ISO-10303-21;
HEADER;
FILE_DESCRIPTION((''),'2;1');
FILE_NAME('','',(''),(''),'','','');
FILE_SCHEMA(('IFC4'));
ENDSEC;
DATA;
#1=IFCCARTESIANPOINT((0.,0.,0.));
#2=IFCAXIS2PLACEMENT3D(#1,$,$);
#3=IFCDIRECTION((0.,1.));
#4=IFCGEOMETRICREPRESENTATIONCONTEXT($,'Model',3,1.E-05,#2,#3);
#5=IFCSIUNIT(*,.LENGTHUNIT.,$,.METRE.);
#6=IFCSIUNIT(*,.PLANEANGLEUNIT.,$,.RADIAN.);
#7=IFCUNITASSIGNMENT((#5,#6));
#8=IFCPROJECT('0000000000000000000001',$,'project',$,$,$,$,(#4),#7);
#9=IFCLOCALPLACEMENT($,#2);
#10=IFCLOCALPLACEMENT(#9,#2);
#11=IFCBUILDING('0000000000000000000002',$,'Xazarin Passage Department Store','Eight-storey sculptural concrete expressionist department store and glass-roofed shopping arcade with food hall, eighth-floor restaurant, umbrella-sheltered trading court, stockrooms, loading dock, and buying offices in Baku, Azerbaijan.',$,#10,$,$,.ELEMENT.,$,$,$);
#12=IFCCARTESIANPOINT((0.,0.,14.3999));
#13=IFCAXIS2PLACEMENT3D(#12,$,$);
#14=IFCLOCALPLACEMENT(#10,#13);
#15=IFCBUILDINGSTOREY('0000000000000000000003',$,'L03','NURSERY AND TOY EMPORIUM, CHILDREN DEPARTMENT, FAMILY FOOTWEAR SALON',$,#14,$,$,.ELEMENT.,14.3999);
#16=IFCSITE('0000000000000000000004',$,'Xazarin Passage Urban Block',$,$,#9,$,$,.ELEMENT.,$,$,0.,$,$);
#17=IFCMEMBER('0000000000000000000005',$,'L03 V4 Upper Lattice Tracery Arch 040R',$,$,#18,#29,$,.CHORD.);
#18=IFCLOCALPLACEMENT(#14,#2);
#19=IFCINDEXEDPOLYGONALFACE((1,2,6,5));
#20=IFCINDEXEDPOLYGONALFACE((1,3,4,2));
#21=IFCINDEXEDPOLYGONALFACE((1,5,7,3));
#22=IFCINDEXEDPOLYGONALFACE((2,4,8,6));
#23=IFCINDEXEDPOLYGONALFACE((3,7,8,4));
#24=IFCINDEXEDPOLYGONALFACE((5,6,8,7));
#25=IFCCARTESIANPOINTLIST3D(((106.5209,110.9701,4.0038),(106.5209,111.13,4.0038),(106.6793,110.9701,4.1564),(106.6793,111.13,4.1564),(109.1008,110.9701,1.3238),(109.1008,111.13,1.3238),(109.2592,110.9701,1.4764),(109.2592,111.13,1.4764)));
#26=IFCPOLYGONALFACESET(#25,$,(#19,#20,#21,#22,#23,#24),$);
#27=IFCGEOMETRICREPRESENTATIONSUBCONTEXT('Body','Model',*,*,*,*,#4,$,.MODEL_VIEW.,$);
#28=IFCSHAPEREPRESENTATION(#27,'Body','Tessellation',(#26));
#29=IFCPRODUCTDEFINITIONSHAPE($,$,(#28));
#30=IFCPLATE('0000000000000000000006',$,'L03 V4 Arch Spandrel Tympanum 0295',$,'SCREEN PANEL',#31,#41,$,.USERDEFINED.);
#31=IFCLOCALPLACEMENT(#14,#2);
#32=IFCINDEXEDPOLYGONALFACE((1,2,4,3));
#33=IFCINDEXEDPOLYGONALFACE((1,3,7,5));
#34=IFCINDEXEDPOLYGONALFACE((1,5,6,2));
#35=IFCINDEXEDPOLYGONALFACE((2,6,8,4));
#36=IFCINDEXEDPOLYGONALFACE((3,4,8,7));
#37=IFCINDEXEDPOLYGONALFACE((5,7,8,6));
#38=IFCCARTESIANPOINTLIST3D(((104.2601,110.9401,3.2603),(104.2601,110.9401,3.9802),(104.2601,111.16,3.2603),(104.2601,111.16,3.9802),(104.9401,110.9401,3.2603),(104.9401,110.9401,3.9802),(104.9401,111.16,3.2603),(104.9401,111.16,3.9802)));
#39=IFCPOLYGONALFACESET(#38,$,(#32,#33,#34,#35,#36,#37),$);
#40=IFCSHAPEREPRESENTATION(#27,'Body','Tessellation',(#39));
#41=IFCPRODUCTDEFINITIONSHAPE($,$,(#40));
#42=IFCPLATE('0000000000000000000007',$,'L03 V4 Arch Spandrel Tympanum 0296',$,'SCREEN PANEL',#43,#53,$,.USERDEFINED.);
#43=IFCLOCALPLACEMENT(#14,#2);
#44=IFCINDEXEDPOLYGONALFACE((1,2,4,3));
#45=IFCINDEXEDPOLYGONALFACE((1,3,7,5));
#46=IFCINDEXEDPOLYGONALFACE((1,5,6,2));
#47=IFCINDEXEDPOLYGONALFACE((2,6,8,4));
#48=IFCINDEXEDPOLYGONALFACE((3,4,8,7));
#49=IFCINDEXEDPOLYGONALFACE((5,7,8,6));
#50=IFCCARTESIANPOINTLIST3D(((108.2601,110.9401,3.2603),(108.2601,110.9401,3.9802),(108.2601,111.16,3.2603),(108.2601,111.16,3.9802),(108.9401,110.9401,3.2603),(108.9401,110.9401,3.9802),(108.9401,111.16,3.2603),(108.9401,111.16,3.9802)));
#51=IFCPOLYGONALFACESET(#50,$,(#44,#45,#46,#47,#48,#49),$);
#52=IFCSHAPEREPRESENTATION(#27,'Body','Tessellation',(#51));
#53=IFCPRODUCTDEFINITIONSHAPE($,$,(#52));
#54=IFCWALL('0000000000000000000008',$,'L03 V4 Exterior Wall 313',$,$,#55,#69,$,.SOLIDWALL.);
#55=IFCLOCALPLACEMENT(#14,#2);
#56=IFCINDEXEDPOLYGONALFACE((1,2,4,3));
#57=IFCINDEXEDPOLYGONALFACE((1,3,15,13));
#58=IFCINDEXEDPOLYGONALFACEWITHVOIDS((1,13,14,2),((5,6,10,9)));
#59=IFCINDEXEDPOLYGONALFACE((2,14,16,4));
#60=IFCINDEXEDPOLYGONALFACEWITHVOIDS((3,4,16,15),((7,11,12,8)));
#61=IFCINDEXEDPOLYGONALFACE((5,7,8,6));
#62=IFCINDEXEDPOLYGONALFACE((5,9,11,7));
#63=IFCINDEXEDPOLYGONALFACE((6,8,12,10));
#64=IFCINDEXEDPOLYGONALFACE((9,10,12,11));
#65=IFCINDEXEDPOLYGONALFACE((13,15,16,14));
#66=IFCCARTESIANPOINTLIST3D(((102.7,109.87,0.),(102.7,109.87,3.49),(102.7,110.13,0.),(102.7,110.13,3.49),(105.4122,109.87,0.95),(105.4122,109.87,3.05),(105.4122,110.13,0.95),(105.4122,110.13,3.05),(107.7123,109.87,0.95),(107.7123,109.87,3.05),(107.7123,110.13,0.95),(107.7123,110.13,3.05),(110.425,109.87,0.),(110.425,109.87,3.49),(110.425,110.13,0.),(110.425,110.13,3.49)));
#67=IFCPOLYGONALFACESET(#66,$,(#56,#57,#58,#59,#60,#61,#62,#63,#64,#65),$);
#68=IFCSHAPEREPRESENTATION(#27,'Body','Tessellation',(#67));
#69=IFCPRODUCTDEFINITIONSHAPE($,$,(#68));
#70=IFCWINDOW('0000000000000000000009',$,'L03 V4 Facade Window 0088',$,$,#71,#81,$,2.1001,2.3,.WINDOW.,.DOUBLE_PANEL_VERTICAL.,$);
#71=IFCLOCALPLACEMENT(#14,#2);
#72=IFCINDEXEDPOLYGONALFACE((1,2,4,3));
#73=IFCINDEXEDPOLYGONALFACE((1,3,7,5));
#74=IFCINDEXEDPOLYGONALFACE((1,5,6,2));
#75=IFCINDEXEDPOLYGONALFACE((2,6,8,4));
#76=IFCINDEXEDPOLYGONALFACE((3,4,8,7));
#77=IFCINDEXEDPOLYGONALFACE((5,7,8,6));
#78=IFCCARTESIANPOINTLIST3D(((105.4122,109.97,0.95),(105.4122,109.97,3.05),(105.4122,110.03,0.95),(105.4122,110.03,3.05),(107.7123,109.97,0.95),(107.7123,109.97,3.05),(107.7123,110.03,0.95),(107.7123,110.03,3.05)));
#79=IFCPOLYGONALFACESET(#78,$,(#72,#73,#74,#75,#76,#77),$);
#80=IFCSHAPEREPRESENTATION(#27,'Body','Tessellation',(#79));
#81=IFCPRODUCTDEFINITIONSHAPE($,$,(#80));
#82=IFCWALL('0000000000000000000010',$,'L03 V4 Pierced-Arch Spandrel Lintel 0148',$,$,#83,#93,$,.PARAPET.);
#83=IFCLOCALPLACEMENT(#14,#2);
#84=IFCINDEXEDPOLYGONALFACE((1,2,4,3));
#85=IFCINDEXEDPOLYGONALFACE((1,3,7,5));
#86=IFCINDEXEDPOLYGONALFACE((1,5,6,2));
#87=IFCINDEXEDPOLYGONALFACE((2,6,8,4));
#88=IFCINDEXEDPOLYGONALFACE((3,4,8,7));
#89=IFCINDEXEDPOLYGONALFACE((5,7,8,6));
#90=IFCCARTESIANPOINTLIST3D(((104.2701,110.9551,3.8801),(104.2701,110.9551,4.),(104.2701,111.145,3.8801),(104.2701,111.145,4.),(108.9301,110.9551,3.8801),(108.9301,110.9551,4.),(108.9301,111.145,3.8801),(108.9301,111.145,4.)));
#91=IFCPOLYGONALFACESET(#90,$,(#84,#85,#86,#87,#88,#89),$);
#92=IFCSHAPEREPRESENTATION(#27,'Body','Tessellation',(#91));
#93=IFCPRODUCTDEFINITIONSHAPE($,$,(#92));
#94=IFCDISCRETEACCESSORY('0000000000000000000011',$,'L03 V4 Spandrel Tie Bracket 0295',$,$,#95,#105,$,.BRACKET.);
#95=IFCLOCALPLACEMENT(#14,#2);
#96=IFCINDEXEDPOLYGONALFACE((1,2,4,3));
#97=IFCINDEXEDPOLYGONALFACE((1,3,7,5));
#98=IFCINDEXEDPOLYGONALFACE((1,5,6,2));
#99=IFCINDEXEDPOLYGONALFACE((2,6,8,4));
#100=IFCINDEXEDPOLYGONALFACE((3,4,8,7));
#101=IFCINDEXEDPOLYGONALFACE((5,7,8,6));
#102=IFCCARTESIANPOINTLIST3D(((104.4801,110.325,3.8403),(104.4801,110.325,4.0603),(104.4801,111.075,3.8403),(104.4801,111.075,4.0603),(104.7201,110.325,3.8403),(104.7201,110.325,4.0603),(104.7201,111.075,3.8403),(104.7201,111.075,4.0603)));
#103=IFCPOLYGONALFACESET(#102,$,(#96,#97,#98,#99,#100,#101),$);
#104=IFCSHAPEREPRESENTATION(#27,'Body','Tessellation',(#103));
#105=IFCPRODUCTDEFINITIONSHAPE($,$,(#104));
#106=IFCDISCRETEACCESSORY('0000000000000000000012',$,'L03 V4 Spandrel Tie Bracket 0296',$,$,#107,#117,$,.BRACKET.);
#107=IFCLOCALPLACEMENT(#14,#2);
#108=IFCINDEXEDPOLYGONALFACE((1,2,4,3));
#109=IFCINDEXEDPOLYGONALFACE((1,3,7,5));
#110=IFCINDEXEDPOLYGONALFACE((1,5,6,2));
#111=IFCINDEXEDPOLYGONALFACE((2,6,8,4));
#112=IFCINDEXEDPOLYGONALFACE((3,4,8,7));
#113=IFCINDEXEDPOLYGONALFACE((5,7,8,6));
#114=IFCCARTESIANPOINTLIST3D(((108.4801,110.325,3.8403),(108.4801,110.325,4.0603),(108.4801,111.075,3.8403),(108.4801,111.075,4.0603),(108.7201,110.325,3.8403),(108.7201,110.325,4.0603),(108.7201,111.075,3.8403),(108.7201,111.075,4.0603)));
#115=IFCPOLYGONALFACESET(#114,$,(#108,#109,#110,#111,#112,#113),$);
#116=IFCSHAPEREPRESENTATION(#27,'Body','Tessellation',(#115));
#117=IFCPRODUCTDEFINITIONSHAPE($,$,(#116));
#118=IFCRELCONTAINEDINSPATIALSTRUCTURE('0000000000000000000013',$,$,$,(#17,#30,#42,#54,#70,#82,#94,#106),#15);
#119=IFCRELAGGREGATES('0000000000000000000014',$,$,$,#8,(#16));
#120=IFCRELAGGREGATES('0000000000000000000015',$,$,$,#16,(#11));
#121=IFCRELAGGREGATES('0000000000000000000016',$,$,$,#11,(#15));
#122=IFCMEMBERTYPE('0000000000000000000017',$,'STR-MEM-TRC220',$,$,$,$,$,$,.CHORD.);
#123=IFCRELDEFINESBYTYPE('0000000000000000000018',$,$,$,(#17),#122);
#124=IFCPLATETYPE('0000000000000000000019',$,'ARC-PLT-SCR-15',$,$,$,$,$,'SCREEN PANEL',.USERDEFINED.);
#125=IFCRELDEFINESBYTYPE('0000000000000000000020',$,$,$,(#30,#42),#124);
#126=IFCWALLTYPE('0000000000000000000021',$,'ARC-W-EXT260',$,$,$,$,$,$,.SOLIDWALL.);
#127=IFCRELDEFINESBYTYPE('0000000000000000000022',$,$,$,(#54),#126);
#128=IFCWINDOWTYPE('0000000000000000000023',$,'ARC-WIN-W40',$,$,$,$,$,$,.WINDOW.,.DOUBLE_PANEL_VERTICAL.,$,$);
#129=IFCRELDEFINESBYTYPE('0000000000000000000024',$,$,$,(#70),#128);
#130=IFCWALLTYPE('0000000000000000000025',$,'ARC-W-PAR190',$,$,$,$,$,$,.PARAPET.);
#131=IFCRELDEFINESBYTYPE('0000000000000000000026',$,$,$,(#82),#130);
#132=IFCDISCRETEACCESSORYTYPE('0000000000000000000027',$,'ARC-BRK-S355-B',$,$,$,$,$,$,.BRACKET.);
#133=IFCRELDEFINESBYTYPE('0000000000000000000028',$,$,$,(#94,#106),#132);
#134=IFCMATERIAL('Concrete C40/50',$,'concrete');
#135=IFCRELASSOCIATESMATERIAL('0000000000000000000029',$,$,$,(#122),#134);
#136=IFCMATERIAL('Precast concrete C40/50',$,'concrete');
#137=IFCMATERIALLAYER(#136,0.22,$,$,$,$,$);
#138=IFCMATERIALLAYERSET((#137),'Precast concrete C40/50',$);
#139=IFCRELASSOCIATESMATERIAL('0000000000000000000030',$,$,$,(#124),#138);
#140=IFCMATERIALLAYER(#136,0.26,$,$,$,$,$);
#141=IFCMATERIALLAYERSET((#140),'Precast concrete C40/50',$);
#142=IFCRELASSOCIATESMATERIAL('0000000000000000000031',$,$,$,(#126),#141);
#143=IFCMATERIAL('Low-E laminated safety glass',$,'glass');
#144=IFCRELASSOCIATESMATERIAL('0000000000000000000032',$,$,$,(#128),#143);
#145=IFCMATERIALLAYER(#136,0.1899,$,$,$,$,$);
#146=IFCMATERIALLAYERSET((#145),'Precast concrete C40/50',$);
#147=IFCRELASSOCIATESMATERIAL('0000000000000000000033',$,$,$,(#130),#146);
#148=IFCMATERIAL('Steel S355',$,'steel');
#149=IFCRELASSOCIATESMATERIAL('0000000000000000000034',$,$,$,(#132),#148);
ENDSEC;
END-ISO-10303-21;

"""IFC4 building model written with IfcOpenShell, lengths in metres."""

from ifc_helpers import new_model, si_unit, direction, frame, frame_2d, origin, origin_2d, place, context, subcontext, project, spatial, rectangle, extrude, material, layer, layer_set, material_profile, profile_set, type_object, element, fill, save


model = new_model("IFC4")

# Units and contexts
model_context = context("Model", 3, precision=1e-05, world=origin(), true_north=direction((0.0, 1.0)))
body_context = subcontext(model_context, "Body", "Model", "MODEL_VIEW")
ifc_project = project(units=[si_unit("LENGTHUNIT", "METRE"), si_unit("PLANEANGLEUNIT", "RADIAN")], contexts=[model_context])

# Site, building, storey
site_placement = place(None, origin())
site = spatial("IfcSite", under=ifc_project, at=site_placement, Name="Xazarin Passage Urban Block", CompositionType="ELEMENT", RefElevation=0.0)
building_placement = place(site_placement, origin())
building = spatial("IfcBuilding", under=site, at=building_placement, Name="Xazarin Passage Department Store", Description="Eight-storey sculptural concrete expressionist department store and glass-roofed shopping arcade with food hall, eighth-floor restaurant, umbrella-sheltered trading court, stockrooms, loading dock, and buying offices in Baku, Azerbaijan.", CompositionType="ELEMENT")
storey_placement = place(building_placement, frame((0.0, 0.0, 14.3999)))
storey = spatial("IfcBuildingStorey", under=building, at=storey_placement, Name="L03", Description="NURSERY AND TOY EMPORIUM, CHILDREN DEPARTMENT, FAMILY FOOTWEAR SALON", CompositionType="ELEMENT", Elevation=14.3999)

# Shared definitions
ifc_material_1 = material(Name="Concrete C40/50", Category="concrete")

# Member
ifc_material_profile_1 = material_profile(ifc_material_1, rectangle(XDim=0.1599, YDim=0.22, at=origin_2d()), Name="RC 160x220")
ifc_profile_set_1 = profile_set([ifc_material_profile_1], Name="Concrete C40/50")
member_type_1 = type_object("IfcMemberType", Name="STR-MEM-TRC220", PredefinedType="CHORD", material=ifc_profile_set_1)
for number, where, z_axis, x_axis, name in (
    (1, (106.6001, 111.05, 4.0801), (0.693524, 0.0, -0.720433), (0.0, 1.0, 0.0), "L03 V4 Upper Lattice Tracery Arch 040R"),
):
    element("IfcMember", number, at=place(storey_placement, frame(where, z_axis=z_axis, x_axis=x_axis)), inside=storey, type_object=member_type_1, Name=name, PredefinedType="CHORD", context=body_context, shape_type="SweptSolid", body=[
        extrude(rectangle(XDim=0.1599, YDim=0.22, at=origin_2d()), origin(), (0.0, 0.0, 1.0), 3.72),
    ])

# Plates
ifc_material_2 = material(Name="Precast concrete C40/50", Category="concrete")
ifc_layer_1 = layer(ifc_material_2, 0.22)
ifc_layer_set_1 = layer_set([ifc_layer_1], Name="Precast concrete C40/50")
plate_type = type_object("IfcPlateType", Name="ARC-PLT-SCR-15", ElementType="SCREEN PANEL", PredefinedType="USERDEFINED", material=ifc_layer_set_1)
for number, where, z_axis, x_axis, name in (
    (2, (104.6001, 111.05, 3.2603), (0.0, 0.0, 1.0), (1.0, 0.0, 0.0), "L03 V4 Arch Spandrel Tympanum 0295"),
    (3, (108.6001, 111.05, 3.2603), (0.0, 0.0, 1.0), (1.0, 0.0, 0.0), "L03 V4 Arch Spandrel Tympanum 0296"),
):
    element("IfcPlate", number, at=place(storey_placement, frame(where, z_axis=z_axis, x_axis=x_axis)), inside=storey, type_object=plate_type, Name=name, ObjectType="SCREEN PANEL", PredefinedType="USERDEFINED", context=body_context, shape_type="SweptSolid", body=[
        extrude(rectangle(XDim=0.6799, YDim=0.22, at=origin_2d()), origin(), (0.0, 0.0, 1.0), 0.72),
    ])

# Wall, opening, window
ifc_layer_2 = layer(ifc_material_2, 0.26)
ifc_layer_set_2 = layer_set([ifc_layer_2], Name="Precast concrete C40/50")
wall_type_1 = type_object("IfcWallType", Name="ARC-W-EXT260", PredefinedType="SOLIDWALL", material=ifc_layer_set_2)
wall_1_placement = place(storey_placement, frame((102.7, 110.0, 0.0), z_axis=(0.0, 0.0, 1.0), x_axis=(1.0, 0.0, 0.0)))
wall_1 = element("IfcWall", 4, at=wall_1_placement, inside=storey, type_object=wall_type_1, Name="L03 V4 Exterior Wall 313", PredefinedType="SOLIDWALL", context=body_context, shape_type="SweptSolid", body=[
    extrude(rectangle(XDim=7.7251, YDim=0.26, at=frame_2d((3.8625, 0.0))), origin(), (0.0, 0.0, 1.0), 3.49),
])
opening_placement = place(wall_1_placement, frame((2.7124, 0.0, 0.95)))
opening = element("IfcOpeningElement", 5, at=opening_placement, cuts=wall_1, PredefinedType="OPENING", context=body_context, shape_type="SweptSolid", body=[
    extrude(rectangle(XDim=2.3, YDim=2.1001, at=frame_2d((1.1499, 1.05))), frame((0.0, 0.1399, 0.0), z_axis=(0.0, -1.0, 0.0), x_axis=(1.0, 0.0, 0.0)), (0.0, 0.0, 1.0), 0.28),
])
ifc_material_3 = material(Name="Low-E laminated safety glass", Category="glass")
window_type = type_object("IfcWindowType", Name="ARC-WIN-W40", PartitioningType="DOUBLE_PANEL_VERTICAL", PredefinedType="WINDOW", material=ifc_material_3)
window_placement = place(opening_placement, origin())
window = element("IfcWindow", 6, at=window_placement, inside=storey, type_object=window_type, Name="L03 V4 Facade Window 0088", OverallHeight=2.1001, OverallWidth=2.3, PartitioningType="DOUBLE_PANEL_VERTICAL", PredefinedType="WINDOW", context=body_context, shape_type="SweptSolid", body=[
    extrude(rectangle(XDim=2.3, YDim=2.1001, at=frame_2d((1.1499, 1.05))), frame((0.0, 0.03, 0.0), z_axis=(0.0, -1.0, 0.0), x_axis=(1.0, 0.0, 0.0)), (0.0, 0.0, 1.0), 0.0601),
])
fill(opening, window)

# Wall
ifc_layer_3 = layer(ifc_material_2, 0.1899)
ifc_layer_set_3 = layer_set([ifc_layer_3], Name="Precast concrete C40/50")
wall_type_2 = type_object("IfcWallType", Name="ARC-W-PAR190", PredefinedType="PARAPET", material=ifc_layer_set_3)
wall_2_placement = place(storey_placement, frame((104.27, 111.05, 3.8801), z_axis=(0.0, 0.0, 1.0), x_axis=(1.0, 0.0, 0.0)))
element("IfcWall", 7, at=wall_2_placement, inside=storey, type_object=wall_type_2, Name="L03 V4 Pierced-Arch Spandrel Lintel 0148", PredefinedType="PARAPET", context=body_context, shape_type="SweptSolid", body=[
    extrude(rectangle(XDim=4.6599, YDim=0.1899, at=frame_2d((2.3301, 0.0))), origin(), (0.0, 0.0, 1.0), 0.1199),
])

# Discrete accessories
ifc_material_4 = material(Name="Steel S355", Category="steel")
discrete_accessory_type = type_object("IfcDiscreteAccessoryType", Name="ARC-BRK-S355-B", PredefinedType="BRACKET", material=ifc_material_4)
for number, where, z_axis, x_axis, name in (
    (8, (104.6001, 110.7, 3.8403), (0.0, 0.0, 1.0), (1.0, 0.0, 0.0), "L03 V4 Spandrel Tie Bracket 0295"),
    (9, (108.6001, 110.7, 3.8403), (0.0, 0.0, 1.0), (1.0, 0.0, 0.0), "L03 V4 Spandrel Tie Bracket 0296"),
):
    element("IfcDiscreteAccessory", number, at=place(storey_placement, frame(where, z_axis=z_axis, x_axis=x_axis)), inside=storey, type_object=discrete_accessory_type, Name=name, PredefinedType="BRACKET", context=body_context, shape_type="SweptSolid", body=[
        extrude(rectangle(XDim=0.24, YDim=0.75, at=origin_2d()), origin(), (0.0, 0.0, 1.0), 0.22),
    ])

save(model, "model.ifc")
